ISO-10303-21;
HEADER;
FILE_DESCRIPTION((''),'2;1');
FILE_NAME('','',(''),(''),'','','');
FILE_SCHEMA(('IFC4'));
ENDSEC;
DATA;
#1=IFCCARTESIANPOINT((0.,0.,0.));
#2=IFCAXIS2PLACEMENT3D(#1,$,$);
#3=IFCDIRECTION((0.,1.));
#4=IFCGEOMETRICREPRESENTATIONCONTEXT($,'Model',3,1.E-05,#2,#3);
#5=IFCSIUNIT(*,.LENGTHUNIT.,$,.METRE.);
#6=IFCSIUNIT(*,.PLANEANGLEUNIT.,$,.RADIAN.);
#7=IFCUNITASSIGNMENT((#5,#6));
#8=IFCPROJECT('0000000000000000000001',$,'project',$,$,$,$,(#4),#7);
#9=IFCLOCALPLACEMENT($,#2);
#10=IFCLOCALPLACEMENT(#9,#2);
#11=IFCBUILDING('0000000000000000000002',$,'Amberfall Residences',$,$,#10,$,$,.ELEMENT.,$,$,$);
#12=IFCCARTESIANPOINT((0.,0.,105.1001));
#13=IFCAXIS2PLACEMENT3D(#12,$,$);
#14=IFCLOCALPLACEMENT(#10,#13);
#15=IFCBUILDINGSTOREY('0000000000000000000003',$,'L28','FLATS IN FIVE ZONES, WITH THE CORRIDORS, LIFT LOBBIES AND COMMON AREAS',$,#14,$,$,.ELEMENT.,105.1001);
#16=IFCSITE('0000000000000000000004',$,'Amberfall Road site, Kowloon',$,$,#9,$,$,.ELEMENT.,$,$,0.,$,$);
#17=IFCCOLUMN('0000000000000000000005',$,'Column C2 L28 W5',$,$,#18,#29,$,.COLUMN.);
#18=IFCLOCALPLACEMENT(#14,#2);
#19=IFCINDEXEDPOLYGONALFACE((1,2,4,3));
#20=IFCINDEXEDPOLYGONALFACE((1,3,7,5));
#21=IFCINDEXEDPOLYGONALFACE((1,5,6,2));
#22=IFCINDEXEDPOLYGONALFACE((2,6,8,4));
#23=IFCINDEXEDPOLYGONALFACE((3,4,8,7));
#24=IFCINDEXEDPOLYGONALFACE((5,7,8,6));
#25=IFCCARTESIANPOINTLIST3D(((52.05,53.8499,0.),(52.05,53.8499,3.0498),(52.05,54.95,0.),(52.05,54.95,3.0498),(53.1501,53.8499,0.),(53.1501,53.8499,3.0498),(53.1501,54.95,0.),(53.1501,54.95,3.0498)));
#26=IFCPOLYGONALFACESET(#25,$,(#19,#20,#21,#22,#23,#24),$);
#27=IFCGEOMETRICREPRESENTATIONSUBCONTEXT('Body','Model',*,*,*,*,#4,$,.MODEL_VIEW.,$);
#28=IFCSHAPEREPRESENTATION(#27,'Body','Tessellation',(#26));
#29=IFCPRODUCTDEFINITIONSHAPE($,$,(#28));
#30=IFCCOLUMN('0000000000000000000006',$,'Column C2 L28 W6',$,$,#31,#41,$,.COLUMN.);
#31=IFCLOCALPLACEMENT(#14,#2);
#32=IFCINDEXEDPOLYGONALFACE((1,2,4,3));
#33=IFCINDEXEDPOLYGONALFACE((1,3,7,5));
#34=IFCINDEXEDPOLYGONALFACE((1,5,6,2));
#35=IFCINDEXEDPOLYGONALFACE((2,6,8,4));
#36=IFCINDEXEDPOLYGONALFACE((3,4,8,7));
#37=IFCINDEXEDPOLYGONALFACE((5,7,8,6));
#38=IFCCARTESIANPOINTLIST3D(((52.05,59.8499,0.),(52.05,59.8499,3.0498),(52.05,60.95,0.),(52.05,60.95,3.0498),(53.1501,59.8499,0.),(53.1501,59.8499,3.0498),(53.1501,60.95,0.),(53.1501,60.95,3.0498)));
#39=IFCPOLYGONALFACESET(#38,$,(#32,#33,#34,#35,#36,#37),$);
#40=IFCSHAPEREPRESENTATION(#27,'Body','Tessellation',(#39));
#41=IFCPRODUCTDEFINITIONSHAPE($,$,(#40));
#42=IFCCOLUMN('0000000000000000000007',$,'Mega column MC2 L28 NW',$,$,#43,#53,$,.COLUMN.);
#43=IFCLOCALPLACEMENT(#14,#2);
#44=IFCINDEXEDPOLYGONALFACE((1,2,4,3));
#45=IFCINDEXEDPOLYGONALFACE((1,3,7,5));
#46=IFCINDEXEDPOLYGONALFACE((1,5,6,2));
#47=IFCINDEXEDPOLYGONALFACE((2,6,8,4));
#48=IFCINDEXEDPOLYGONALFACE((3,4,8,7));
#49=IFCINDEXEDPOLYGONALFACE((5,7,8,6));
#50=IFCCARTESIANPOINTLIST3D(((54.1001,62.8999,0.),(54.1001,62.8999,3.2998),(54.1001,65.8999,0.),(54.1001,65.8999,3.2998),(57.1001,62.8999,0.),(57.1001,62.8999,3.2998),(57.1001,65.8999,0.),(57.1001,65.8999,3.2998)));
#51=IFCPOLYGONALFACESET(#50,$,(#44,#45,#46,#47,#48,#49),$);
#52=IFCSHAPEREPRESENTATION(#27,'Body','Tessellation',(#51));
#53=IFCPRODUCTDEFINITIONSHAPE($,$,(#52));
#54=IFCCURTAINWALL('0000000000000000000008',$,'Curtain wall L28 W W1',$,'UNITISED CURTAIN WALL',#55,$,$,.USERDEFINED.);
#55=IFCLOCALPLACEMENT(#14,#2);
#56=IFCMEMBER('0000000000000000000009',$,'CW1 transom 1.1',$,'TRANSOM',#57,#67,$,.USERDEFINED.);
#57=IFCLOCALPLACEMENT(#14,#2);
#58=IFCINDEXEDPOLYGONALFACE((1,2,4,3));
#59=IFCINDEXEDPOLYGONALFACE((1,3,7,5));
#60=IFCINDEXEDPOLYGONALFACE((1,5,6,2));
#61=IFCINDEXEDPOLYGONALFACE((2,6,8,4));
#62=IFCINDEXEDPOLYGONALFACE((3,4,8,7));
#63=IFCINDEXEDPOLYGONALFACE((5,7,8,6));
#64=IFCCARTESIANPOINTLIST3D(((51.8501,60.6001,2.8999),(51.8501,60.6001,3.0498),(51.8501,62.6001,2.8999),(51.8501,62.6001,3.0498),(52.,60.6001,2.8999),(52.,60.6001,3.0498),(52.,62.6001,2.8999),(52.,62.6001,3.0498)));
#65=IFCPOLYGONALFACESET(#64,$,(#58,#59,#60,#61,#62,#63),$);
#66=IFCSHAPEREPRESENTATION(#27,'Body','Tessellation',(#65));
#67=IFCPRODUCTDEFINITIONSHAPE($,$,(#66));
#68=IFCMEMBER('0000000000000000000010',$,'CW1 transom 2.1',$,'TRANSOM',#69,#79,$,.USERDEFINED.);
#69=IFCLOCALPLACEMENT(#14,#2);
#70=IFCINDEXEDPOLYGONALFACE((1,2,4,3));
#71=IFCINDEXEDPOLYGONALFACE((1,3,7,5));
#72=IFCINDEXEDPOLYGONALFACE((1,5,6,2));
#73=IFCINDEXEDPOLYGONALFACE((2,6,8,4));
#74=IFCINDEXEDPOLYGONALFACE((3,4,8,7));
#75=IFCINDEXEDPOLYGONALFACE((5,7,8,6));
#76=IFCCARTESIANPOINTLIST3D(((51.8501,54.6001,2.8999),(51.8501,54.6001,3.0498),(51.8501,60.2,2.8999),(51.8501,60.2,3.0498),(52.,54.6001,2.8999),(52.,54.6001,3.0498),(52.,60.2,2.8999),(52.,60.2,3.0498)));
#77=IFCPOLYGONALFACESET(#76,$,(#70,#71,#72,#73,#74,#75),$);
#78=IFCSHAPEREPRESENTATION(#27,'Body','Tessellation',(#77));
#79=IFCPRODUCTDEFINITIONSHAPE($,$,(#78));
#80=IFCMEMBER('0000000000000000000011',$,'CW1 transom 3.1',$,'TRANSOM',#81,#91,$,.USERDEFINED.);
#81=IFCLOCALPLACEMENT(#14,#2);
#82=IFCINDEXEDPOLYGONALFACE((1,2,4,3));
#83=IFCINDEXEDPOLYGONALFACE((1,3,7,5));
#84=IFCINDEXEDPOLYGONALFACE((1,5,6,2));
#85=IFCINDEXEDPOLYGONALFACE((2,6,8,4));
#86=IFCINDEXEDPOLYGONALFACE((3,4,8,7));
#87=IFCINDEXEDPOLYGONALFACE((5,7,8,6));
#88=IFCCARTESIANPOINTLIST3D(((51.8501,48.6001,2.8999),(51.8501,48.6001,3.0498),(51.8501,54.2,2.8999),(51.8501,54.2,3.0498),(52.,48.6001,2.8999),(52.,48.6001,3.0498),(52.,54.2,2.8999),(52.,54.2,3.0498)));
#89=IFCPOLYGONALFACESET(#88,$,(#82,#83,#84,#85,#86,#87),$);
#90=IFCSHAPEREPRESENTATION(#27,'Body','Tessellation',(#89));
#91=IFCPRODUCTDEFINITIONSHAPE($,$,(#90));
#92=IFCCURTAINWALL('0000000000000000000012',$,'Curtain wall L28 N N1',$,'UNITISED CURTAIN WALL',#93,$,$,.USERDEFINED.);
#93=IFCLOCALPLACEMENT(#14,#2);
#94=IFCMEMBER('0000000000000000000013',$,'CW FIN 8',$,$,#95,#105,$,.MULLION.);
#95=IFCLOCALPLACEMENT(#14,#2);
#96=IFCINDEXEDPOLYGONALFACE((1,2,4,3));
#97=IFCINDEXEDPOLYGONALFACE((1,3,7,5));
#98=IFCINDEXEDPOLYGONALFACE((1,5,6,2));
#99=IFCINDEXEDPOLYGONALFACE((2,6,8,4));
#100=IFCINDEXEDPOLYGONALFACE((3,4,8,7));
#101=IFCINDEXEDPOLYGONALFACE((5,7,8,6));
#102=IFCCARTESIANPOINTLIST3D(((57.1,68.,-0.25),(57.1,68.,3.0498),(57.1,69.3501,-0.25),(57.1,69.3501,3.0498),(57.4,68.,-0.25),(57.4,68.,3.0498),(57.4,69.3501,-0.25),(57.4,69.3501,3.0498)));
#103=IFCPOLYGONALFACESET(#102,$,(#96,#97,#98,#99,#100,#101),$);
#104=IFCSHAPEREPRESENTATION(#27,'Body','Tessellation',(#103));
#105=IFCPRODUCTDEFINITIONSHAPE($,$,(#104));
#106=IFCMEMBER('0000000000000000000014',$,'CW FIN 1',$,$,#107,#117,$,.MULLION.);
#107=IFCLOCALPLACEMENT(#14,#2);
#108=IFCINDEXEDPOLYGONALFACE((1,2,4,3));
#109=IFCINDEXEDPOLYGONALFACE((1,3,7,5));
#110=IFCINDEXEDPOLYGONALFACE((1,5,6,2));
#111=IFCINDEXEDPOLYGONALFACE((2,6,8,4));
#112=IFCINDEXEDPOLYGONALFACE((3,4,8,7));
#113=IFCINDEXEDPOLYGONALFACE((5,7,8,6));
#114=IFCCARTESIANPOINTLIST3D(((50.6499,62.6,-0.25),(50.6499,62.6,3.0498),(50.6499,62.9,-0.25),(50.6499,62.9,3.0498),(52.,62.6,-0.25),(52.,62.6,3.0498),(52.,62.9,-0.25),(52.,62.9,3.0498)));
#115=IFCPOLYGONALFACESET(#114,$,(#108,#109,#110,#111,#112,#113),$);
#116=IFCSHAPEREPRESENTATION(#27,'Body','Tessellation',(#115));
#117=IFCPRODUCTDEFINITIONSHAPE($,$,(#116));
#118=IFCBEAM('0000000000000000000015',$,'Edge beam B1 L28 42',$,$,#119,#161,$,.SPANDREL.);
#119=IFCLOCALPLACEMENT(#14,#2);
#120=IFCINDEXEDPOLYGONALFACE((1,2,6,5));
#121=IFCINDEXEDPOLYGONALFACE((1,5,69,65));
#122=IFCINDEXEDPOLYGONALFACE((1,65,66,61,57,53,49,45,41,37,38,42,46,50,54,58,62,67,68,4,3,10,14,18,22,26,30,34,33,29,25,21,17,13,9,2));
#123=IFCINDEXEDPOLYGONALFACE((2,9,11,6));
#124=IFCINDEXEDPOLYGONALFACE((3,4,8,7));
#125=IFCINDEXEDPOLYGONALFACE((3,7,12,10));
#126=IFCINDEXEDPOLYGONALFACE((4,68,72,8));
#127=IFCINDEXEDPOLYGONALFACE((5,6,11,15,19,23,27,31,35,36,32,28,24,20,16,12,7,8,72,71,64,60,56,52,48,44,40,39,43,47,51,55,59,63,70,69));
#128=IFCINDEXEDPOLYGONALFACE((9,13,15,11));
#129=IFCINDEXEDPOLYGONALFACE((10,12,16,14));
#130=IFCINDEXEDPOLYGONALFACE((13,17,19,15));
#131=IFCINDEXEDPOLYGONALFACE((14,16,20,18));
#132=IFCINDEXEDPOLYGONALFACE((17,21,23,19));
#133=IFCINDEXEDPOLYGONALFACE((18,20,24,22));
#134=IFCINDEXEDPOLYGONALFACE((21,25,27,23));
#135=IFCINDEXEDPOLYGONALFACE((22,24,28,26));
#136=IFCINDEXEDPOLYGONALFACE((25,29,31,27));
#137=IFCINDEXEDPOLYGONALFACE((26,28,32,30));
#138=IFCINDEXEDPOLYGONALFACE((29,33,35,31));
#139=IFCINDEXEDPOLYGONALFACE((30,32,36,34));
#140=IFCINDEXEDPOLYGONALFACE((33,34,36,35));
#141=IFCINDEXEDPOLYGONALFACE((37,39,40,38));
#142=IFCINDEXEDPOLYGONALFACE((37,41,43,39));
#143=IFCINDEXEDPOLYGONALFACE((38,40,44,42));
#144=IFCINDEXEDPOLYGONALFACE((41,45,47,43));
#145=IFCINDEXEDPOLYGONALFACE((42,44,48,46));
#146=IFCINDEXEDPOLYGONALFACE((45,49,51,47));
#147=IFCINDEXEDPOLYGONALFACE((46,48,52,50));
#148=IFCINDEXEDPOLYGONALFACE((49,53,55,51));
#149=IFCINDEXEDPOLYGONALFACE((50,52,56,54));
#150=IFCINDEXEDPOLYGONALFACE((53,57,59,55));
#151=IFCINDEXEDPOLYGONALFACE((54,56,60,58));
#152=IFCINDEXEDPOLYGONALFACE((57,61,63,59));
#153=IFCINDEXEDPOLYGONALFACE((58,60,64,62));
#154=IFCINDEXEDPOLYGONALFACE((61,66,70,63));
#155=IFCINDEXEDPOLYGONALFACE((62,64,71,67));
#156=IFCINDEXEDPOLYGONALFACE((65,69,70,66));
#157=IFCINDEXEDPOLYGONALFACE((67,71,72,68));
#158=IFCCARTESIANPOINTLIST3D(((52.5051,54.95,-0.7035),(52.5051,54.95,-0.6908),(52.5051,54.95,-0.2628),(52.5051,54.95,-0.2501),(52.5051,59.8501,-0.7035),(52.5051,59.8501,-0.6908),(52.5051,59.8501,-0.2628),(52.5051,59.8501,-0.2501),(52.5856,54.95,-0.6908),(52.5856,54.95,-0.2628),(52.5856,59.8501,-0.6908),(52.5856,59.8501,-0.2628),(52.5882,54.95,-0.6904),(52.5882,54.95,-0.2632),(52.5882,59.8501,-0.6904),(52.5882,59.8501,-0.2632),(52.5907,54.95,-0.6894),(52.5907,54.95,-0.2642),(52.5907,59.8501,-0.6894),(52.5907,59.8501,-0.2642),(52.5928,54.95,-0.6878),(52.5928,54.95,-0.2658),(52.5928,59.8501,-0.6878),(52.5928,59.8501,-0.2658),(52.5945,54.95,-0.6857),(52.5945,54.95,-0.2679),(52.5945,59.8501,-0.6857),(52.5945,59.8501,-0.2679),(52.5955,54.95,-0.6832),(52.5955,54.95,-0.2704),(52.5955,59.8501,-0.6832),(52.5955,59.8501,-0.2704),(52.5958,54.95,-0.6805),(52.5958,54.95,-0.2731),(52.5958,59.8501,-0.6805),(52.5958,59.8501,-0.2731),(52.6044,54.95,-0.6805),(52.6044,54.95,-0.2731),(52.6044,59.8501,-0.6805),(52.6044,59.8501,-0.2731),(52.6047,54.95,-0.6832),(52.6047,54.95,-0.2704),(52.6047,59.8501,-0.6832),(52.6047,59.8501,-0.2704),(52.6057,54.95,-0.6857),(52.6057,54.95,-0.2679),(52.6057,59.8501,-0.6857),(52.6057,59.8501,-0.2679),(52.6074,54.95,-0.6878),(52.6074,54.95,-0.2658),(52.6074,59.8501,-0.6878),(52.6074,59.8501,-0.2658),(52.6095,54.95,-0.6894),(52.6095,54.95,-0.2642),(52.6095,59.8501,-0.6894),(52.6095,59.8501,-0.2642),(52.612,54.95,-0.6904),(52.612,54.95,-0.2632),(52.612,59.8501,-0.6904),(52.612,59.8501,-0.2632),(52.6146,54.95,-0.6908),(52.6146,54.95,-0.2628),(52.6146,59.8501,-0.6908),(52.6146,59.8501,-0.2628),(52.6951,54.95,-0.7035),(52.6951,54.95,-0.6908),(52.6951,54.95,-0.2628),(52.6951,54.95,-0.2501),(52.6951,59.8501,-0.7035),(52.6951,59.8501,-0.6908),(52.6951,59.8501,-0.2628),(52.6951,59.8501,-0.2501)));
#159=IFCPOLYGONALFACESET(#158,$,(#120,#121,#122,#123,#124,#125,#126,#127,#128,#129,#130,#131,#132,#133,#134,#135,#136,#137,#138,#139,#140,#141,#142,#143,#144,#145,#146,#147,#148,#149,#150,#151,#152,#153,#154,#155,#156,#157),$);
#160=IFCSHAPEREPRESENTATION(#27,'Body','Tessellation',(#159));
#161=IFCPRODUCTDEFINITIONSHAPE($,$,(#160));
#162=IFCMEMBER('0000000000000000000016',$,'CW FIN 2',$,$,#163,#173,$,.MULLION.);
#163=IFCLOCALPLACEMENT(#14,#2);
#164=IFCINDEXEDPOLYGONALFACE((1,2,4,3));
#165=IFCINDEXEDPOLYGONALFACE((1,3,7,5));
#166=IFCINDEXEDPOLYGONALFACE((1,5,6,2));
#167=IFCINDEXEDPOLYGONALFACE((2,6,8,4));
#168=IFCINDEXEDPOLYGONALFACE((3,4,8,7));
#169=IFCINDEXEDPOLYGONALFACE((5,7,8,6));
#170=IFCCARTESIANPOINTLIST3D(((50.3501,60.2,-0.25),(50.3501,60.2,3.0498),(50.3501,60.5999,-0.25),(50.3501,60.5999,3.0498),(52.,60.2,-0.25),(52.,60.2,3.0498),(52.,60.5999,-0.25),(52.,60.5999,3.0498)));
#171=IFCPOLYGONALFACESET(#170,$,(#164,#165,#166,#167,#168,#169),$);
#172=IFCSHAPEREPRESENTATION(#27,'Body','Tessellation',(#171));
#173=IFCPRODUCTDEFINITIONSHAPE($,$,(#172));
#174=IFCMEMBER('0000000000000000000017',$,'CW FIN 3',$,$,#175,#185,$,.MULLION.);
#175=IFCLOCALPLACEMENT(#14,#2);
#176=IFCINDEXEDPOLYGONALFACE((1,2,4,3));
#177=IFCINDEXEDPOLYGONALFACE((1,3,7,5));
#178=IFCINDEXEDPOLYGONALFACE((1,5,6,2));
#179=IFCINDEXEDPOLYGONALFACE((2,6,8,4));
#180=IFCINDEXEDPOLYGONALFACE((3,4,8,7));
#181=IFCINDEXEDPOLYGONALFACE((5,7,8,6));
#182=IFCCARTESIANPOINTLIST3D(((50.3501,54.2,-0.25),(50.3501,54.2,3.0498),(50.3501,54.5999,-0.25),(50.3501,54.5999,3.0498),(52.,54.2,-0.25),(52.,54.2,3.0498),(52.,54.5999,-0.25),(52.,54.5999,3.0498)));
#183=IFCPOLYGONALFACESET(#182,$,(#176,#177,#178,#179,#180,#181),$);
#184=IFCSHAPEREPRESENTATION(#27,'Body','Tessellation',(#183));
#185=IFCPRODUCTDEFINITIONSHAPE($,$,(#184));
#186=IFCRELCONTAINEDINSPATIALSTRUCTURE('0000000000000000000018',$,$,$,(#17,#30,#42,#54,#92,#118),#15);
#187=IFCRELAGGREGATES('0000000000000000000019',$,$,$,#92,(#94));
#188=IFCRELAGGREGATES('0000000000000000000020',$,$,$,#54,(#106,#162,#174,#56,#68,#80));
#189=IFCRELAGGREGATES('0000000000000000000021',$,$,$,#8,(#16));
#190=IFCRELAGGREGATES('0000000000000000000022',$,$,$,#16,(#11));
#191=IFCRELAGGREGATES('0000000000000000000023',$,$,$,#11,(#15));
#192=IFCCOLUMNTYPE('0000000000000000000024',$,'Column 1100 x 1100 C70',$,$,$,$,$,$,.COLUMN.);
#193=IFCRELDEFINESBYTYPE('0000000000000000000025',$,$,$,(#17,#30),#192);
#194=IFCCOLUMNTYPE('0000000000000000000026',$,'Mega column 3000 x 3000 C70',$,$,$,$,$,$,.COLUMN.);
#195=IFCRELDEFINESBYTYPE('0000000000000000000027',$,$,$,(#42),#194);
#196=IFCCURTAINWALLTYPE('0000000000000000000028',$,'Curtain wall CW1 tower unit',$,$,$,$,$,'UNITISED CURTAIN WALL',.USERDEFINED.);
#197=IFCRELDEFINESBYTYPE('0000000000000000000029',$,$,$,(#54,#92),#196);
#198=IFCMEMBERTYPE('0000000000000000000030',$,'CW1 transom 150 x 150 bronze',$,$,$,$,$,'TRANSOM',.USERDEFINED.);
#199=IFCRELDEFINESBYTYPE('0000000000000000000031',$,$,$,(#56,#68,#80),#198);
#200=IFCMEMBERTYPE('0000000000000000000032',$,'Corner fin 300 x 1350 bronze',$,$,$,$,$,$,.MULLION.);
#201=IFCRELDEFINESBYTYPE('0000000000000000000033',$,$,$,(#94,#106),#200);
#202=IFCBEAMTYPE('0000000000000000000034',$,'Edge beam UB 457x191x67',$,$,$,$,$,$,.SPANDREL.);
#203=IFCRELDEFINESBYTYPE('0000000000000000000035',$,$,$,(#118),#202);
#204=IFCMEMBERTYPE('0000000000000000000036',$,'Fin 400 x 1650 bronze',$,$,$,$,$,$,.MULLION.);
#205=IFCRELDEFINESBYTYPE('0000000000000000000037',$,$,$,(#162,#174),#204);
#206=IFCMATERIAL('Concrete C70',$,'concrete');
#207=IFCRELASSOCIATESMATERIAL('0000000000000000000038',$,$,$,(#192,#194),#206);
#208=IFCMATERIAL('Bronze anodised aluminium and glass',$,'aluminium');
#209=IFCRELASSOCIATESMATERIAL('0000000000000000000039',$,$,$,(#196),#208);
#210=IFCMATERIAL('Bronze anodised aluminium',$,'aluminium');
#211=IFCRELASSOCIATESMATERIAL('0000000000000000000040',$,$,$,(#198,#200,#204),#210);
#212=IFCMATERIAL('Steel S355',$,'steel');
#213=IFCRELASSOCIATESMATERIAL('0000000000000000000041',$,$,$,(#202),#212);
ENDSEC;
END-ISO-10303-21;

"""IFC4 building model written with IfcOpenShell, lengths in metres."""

from ifc_helpers import new_model, si_unit, direction, frame, origin, origin_2d, place, context, subcontext, project, spatial, rectangle, i_section, extrude, material, material_profile, profile_set, type_object, element, aggregate, save


model = new_model("IFC4")

# Units and contexts
model_context = context("Model", 3, precision=1e-05, world=origin(), true_north=direction((0.0, 1.0)))
body_context = subcontext(model_context, "Body", "Model", "MODEL_VIEW")
ifc_project = project(units=[si_unit("LENGTHUNIT", "METRE"), si_unit("PLANEANGLEUNIT", "RADIAN")], contexts=[model_context])

# Site, building, storey
site_placement = place(None, origin())
site = spatial("IfcSite", under=ifc_project, at=site_placement, Name="Amberfall Road site, Kowloon", CompositionType="ELEMENT", RefElevation=0.0)
building_placement = place(site_placement, origin())
building = spatial("IfcBuilding", under=site, at=building_placement, Name="Amberfall Residences", CompositionType="ELEMENT")
storey_placement = place(building_placement, frame((0.0, 0.0, 105.1001)))
storey = spatial("IfcBuildingStorey", under=building, at=storey_placement, Name="L28", Description="FLATS IN FIVE ZONES, WITH THE CORRIDORS, LIFT LOBBIES AND COMMON AREAS", CompositionType="ELEMENT", Elevation=105.1001)

# Columns
ifc_material_1 = material(Name="Concrete C70", Category="concrete")
ifc_material_profile_1 = material_profile(ifc_material_1, rectangle(XDim=1.1001, YDim=1.1001, at=origin_2d()), Name="Column 1100 x 1100 C70")
ifc_profile_set_1 = profile_set([ifc_material_profile_1], Name="Concrete C70")
column_type_1 = type_object("IfcColumnType", Name="Column 1100 x 1100 C70", PredefinedType="COLUMN", material=ifc_profile_set_1)
for number, where, z_axis, x_axis, name in (
    (1, (52.6001, 54.3999, 0.0), (0.0, 0.0, 1.0), (1.0, 0.0, 0.0), "Column C2 L28 W5"),
    (2, (52.6001, 60.3999, 0.0), (0.0, 0.0, 1.0), (1.0, 0.0, 0.0), "Column C2 L28 W6"),
):
    element("IfcColumn", number, at=place(storey_placement, frame(where, z_axis=z_axis, x_axis=x_axis)), inside=storey, type_object=column_type_1, Name=name, PredefinedType="COLUMN", context=body_context, shape_type="SweptSolid", body=[
        extrude(rectangle(XDim=1.1001, YDim=1.1001, at=origin_2d()), origin(), (0.0, 0.0, 1.0), 3.0498),
    ])
ifc_material_profile_2 = material_profile(ifc_material_1, rectangle(XDim=3.0, YDim=3.0, at=origin_2d()), Name="Mega column 3000 x 3000 C70")
ifc_profile_set_2 = profile_set([ifc_material_profile_2], Name="Concrete C70")
column_type_2 = type_object("IfcColumnType", Name="Mega column 3000 x 3000 C70", PredefinedType="COLUMN", material=ifc_profile_set_2)
column_placement = place(storey_placement, frame((55.6001, 64.3999, 0.0), z_axis=(0.0, 0.0, 1.0), x_axis=(1.0, 0.0, 0.0)))
element("IfcColumn", 3, at=column_placement, inside=storey, type_object=column_type_2, Name="Mega column MC2 L28 NW", PredefinedType="COLUMN", context=body_context, shape_type="SweptSolid", body=[
    extrude(rectangle(XDim=3.0, YDim=3.0, at=origin_2d()), origin(), (0.0, 0.0, 1.0), 3.2998),
])

# Curtain wall, members
ifc_material_2 = material(Name="Bronze anodised aluminium and glass", Category="aluminium")
curtain_wall_type = type_object("IfcCurtainWallType", Name="Curtain wall CW1 tower unit", ElementType="UNITISED CURTAIN WALL", PredefinedType="USERDEFINED", material=ifc_material_2)
curtain_wall_1_placement = place(storey_placement, origin())
curtain_wall_1 = element("IfcCurtainWall", 4, at=curtain_wall_1_placement, inside=storey, type_object=curtain_wall_type, Name="Curtain wall L28 W W1", ObjectType="UNITISED CURTAIN WALL", PredefinedType="USERDEFINED")
ifc_material_3 = material(Name="Bronze anodised aluminium", Category="aluminium")
ifc_material_profile_3 = material_profile(ifc_material_3, rectangle(XDim=0.1499, YDim=0.1499, at=origin_2d()), Name="CW1 transom 150 x 150 bronze")
ifc_profile_set_3 = profile_set([ifc_material_profile_3], Name="Bronze anodised aluminium")
member_type_1 = type_object("IfcMemberType", Name="CW1 transom 150 x 150 bronze", ElementType="TRANSOM", PredefinedType="USERDEFINED", material=ifc_profile_set_3)
member_1_placement = place(storey_placement, frame((51.925, 62.6001, 2.9749), z_axis=(0.0, -1.0, 0.0), x_axis=(1.0, 0.0, 0.0)))
member_1 = element("IfcMember", 5, at=member_1_placement, type_object=member_type_1, Name="CW1 transom 1.1", ObjectType="TRANSOM", PredefinedType="USERDEFINED", context=body_context, shape_type="SweptSolid", body=[
    extrude(rectangle(XDim=0.1499, YDim=0.1499, at=origin_2d()), origin(), (0.0, 0.0, 1.0), 2.0),
])
member_2_placement = place(storey_placement, frame((51.925, 60.2, 2.9749), z_axis=(0.0, -1.0, 0.0), x_axis=(1.0, 0.0, 0.0)))
member_2 = element("IfcMember", 6, at=member_2_placement, type_object=member_type_1, Name="CW1 transom 2.1", ObjectType="TRANSOM", PredefinedType="USERDEFINED", context=body_context, shape_type="SweptSolid", body=[
    extrude(rectangle(XDim=0.1499, YDim=0.1499, at=origin_2d()), origin(), (0.0, 0.0, 1.0), 5.5999),
])
member_3_placement = place(storey_placement, frame((51.925, 54.2, 2.9749), z_axis=(0.0, -1.0, 0.0), x_axis=(1.0, 0.0, 0.0)))
member_3 = element("IfcMember", 7, at=member_3_placement, type_object=member_type_1, Name="CW1 transom 3.1", ObjectType="TRANSOM", PredefinedType="USERDEFINED", context=body_context, shape_type="SweptSolid", body=[
    extrude(rectangle(XDim=0.1499, YDim=0.1499, at=origin_2d()), origin(), (0.0, 0.0, 1.0), 5.5999),
])

# Curtain wall, member
curtain_wall_2_placement = place(storey_placement, origin())
curtain_wall_2 = element("IfcCurtainWall", 8, at=curtain_wall_2_placement, inside=storey, type_object=curtain_wall_type, Name="Curtain wall L28 N N1", ObjectType="UNITISED CURTAIN WALL", PredefinedType="USERDEFINED")
ifc_material_profile_4 = material_profile(ifc_material_3, rectangle(XDim=1.3501, YDim=0.3, at=origin_2d()), Name="Corner fin 300 x 1350 bronze")
ifc_profile_set_4 = profile_set([ifc_material_profile_4], Name="Bronze anodised aluminium")
member_type_2 = type_object("IfcMemberType", Name="Corner fin 300 x 1350 bronze", PredefinedType="MULLION", material=ifc_profile_set_4)
member_4_placement = place(storey_placement, frame((57.25, 68.675, -0.25), z_axis=(0.0, 0.0, 1.0), x_axis=(0.0, -1.0, 0.0)))
member_4 = element("IfcMember", 9, at=member_4_placement, type_object=member_type_2, Name="CW FIN 8", PredefinedType="MULLION", context=body_context, shape_type="SweptSolid", body=[
    extrude(rectangle(XDim=1.3501, YDim=0.3, at=origin_2d()), origin(), (0.0, 0.0, 1.0), 3.2998),
])

# Member
member_5_placement = place(storey_placement, frame((51.325, 62.75, -0.25), z_axis=(0.0, 0.0, 1.0), x_axis=(1.0, 0.0, 0.0)))
member_5 = element("IfcMember", 10, at=member_5_placement, type_object=member_type_2, Name="CW FIN 1", PredefinedType="MULLION", context=body_context, shape_type="SweptSolid", body=[
    extrude(rectangle(XDim=1.3501, YDim=0.3, at=origin_2d()), origin(), (0.0, 0.0, 1.0), 3.2998),
])

# Beam
ifc_material_4 = material(Name="Steel S355", Category="steel")
ifc_material_profile_5 = material_profile(ifc_material_4, i_section(OverallWidth=0.1899, OverallDepth=0.4534, WebThickness=0.0085, FlangeThickness=0.0127, FilletRadius=0.0103, at=origin_2d()), Name="UB 457x191x67")
ifc_profile_set_5 = profile_set([ifc_material_profile_5], Name="Steel S355")
beam_type_1 = type_object("IfcBeamType", Name="Edge beam UB 457x191x67", PredefinedType="SPANDREL", material=ifc_profile_set_5)
beam_1_placement = place(storey_placement, frame((52.6001, 54.95, -0.4768), z_axis=(0.0, 1.0, 0.0), x_axis=(-1.0, 0.0, 0.0)))
element("IfcBeam", 11, at=beam_1_placement, inside=storey, type_object=beam_type_1, Name="Edge beam B1 L28 42", PredefinedType="SPANDREL", context=body_context, shape_type="SweptSolid", body=[
    extrude(i_section(OverallWidth=0.1899, OverallDepth=0.4534, WebThickness=0.0085, FlangeThickness=0.0127, FilletRadius=0.0103, at=origin_2d()), origin(), (0.0, 0.0, 1.0), 4.9001),
])

# Members
ifc_material_profile_6 = material_profile(ifc_material_3, rectangle(XDim=1.6499, YDim=0.3999, at=origin_2d()), Name="Fin 400 x 1650 bronze")
ifc_profile_set_6 = profile_set([ifc_material_profile_6], Name="Bronze anodised aluminium")
member_type_3 = type_object("IfcMemberType", Name="Fin 400 x 1650 bronze", PredefinedType="MULLION", material=ifc_profile_set_6)
member_6_placement = place(storey_placement, frame((51.175, 60.3999, -0.25), z_axis=(0.0, 0.0, 1.0), x_axis=(1.0, 0.0, 0.0)))
member_6 = element("IfcMember", 12, at=member_6_placement, type_object=member_type_3, Name="CW FIN 2", PredefinedType="MULLION", context=body_context, shape_type="SweptSolid", body=[
    extrude(rectangle(XDim=1.6499, YDim=0.3999, at=origin_2d()), origin(), (0.0, 0.0, 1.0), 3.2998),
])
member_7_placement = place(storey_placement, frame((51.175, 54.3999, -0.25), z_axis=(0.0, 0.0, 1.0), x_axis=(1.0, 0.0, 0.0)))
member_7 = element("IfcMember", 13, at=member_7_placement, type_object=member_type_3, Name="CW FIN 3", PredefinedType="MULLION", context=body_context, shape_type="SweptSolid", body=[
    extrude(rectangle(XDim=1.6499, YDim=0.3999, at=origin_2d()), origin(), (0.0, 0.0, 1.0), 3.2998),
])

aggregate(curtain_wall_2, [member_4])
aggregate(curtain_wall_1, [member_5, member_6, member_7, member_1, member_2, member_3])

save(model, "model.ifc")
